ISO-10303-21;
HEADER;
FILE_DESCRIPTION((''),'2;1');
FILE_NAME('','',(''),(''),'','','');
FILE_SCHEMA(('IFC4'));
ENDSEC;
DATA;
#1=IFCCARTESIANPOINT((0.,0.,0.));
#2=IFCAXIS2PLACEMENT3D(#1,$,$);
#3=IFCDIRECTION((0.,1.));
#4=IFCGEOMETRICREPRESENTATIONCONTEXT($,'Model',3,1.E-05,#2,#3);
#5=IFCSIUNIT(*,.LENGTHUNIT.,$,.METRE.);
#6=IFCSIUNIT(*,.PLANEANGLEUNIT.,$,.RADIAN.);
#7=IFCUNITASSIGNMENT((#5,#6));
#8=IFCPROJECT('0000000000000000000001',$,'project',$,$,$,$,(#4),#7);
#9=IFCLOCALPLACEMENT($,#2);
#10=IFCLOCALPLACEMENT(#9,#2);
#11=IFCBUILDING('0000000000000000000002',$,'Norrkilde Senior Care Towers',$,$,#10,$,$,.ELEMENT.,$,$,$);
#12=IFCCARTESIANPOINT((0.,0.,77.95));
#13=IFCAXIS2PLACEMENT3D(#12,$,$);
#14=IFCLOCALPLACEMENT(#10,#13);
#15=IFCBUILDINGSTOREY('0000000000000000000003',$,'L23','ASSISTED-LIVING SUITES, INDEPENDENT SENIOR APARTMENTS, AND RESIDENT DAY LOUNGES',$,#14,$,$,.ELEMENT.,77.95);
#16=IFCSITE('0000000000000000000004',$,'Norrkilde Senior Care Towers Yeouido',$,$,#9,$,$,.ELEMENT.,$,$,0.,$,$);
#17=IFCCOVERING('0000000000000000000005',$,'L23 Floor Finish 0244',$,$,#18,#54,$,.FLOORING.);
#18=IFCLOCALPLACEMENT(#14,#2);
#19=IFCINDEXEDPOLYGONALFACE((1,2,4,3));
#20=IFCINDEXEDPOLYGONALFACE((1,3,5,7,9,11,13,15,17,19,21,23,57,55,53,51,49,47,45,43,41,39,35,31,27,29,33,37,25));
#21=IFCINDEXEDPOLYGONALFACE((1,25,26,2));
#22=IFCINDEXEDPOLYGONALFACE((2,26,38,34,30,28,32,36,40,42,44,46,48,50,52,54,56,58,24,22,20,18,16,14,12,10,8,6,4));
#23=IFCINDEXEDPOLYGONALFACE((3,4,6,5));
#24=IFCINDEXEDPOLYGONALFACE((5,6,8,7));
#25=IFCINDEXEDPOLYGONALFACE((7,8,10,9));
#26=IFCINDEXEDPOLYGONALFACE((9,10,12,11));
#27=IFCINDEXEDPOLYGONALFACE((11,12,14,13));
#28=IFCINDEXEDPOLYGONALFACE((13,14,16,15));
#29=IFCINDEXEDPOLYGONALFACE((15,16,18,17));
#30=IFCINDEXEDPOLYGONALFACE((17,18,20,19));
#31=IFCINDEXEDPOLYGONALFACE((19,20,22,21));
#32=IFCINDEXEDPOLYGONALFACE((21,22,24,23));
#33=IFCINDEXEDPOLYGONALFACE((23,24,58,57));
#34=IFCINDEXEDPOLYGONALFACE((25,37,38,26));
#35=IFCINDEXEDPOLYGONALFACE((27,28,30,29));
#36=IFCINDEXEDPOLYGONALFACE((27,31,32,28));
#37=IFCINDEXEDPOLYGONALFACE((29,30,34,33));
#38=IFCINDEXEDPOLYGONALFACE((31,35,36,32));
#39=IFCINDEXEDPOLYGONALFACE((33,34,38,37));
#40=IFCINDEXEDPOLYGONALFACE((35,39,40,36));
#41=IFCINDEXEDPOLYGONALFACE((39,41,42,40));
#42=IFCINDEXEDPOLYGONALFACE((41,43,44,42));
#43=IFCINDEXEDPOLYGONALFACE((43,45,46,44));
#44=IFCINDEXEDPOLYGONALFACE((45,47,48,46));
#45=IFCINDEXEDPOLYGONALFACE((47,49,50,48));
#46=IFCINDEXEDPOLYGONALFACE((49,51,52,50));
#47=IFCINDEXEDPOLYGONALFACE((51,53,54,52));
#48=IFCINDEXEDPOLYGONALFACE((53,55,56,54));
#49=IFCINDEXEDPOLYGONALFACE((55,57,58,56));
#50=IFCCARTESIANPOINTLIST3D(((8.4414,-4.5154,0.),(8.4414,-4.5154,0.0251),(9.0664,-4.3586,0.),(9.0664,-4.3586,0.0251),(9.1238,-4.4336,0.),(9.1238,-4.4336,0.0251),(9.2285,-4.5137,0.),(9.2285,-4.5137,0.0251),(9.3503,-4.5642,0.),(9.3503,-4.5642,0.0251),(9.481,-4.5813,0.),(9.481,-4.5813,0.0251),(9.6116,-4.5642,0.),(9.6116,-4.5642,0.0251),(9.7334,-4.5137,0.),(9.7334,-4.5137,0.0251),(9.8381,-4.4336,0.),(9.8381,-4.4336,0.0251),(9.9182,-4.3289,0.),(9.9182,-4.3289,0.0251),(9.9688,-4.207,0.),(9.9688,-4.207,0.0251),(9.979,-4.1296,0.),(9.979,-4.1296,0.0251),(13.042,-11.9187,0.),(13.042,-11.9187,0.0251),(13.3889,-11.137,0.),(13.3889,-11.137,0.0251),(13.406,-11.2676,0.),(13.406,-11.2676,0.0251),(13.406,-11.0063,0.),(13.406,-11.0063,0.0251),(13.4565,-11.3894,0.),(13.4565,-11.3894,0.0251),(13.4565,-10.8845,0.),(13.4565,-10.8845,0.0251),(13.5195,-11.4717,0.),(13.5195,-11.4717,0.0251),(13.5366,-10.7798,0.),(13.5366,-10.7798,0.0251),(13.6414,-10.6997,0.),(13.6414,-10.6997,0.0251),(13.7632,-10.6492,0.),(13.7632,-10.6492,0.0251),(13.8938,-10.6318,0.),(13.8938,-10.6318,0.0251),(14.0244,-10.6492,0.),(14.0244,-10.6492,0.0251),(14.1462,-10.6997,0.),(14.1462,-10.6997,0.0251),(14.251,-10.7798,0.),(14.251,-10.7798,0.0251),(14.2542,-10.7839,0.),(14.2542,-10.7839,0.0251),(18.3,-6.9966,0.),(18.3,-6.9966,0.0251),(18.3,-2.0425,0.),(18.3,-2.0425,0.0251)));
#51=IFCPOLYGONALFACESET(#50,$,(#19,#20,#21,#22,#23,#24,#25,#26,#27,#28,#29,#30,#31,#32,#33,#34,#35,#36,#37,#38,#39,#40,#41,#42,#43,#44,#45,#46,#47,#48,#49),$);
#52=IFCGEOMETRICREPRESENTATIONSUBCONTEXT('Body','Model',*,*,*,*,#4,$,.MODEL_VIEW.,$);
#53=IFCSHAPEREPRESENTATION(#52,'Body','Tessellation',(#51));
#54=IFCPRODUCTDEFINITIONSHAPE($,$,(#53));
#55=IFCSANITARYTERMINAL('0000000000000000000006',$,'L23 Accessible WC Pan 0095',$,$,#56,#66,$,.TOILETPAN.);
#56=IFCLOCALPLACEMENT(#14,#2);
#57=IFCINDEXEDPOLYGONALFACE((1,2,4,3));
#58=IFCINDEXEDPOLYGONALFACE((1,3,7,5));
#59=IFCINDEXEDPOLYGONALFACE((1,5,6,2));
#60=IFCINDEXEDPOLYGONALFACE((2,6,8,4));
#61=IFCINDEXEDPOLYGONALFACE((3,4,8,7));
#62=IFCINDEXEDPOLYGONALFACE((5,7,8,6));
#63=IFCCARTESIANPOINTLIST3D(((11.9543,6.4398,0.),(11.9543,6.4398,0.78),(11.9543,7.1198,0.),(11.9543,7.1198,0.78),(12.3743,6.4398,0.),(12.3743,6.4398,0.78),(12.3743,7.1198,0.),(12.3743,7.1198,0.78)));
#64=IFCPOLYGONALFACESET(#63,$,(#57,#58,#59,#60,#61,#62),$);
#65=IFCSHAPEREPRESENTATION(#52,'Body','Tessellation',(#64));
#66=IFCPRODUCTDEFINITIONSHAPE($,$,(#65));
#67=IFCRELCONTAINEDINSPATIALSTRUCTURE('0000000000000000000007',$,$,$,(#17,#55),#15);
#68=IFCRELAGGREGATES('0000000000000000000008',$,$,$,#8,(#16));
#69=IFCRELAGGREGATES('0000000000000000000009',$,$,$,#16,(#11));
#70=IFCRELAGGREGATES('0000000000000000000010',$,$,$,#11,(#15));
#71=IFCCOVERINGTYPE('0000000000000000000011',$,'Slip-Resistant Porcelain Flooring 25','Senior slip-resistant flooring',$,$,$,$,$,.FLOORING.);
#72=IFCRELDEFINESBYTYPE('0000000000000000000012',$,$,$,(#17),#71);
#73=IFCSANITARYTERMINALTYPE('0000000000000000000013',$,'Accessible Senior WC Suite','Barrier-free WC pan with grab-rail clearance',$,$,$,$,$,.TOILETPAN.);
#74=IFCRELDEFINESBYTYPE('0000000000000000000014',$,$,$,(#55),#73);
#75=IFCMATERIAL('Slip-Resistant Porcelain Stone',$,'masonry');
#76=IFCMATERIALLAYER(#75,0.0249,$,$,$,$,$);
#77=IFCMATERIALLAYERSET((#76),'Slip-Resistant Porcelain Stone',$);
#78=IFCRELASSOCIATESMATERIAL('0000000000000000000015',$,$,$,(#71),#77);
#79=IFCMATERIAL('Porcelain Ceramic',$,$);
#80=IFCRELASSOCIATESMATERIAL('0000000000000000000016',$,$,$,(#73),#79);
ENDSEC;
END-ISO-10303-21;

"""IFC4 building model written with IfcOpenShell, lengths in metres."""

from ifc_helpers import new_model, si_unit, direction, frame, origin, origin_2d, place, context, subcontext, project, spatial, polyline, rectangle, outline, extrude, source, transform, mapped, material, layer, layer_set, type_object, type_shapes, element, save


model = new_model("IFC4")

# Units and contexts
model_context = context("Model", 3, precision=1e-05, world=origin(), true_north=direction((0.0, 1.0)))
body_context = subcontext(model_context, "Body", "Model", "MODEL_VIEW")
ifc_project = project(units=[si_unit("LENGTHUNIT", "METRE"), si_unit("PLANEANGLEUNIT", "RADIAN")], contexts=[model_context])

# Site, building, storey
site_placement = place(None, origin())
site = spatial("IfcSite", under=ifc_project, at=site_placement, Name="Norrkilde Senior Care Towers Yeouido", CompositionType="ELEMENT", RefElevation=0.0)
building_placement = place(site_placement, origin())
building = spatial("IfcBuilding", under=site, at=building_placement, Name="Norrkilde Senior Care Towers", CompositionType="ELEMENT")
storey_placement = place(building_placement, frame((0.0, 0.0, 77.95)))
storey = spatial("IfcBuildingStorey", under=building, at=storey_placement, Name="L23", Description="ASSISTED-LIVING SUITES, INDEPENDENT SENIOR APARTMENTS, AND RESIDENT DAY LOUNGES", CompositionType="ELEMENT", Elevation=77.95)

# Covering
ifc_material_1 = material(Name="Slip-Resistant Porcelain Stone", Category="masonry")
ifc_layer_1 = layer(ifc_material_1, 0.0249)
ifc_layer_set_1 = layer_set([ifc_layer_1], Name="Slip-Resistant Porcelain Stone")
covering_type_1 = type_object("IfcCoveringType", Name="Slip-Resistant Porcelain Flooring 25", Description="Senior slip-resistant flooring", PredefinedType="FLOORING", material=ifc_layer_set_1)
covering_1_placement = place(storey_placement, origin())
element("IfcCovering", 1, at=covering_1_placement, inside=storey, type_object=covering_type_1, Name="L23 Floor Finish 0244", PredefinedType="FLOORING", context=body_context, shape_type="SweptSolid", body=[
    extrude(outline(polyline([(9.1238, -4.4336), (9.2285, -4.5137), (9.3503, -4.5642), (9.481, -4.5813), (9.6116, -4.5642), (9.7334, -4.5137), (9.8381, -4.4336), (9.9182, -4.3289), (9.9688, -4.207), (9.979, -4.1296), (18.3, -2.0425), (18.3, -6.9966), (14.2542, -10.7839), (14.251, -10.7798), (14.1462, -10.6997), (14.0244, -10.6492), (13.8938, -10.6318), (13.7632, -10.6492), (13.6414, -10.6997), (13.5366, -10.7798), (13.4565, -10.8845), (13.406, -11.0063), (13.3889, -11.137), (13.406, -11.2676), (13.4565, -11.3894), (13.5195, -11.4717), (13.042, -11.9187), (8.4414, -4.5154), (9.0664, -4.3586), (9.1238, -4.4336)])), origin(), (0.0, 0.0, 1.0), 0.0251),
])

# Sanitary terminal
ifc_material_2 = material(Name="Porcelain Ceramic")
sanitary_terminal_type = type_object("IfcSanitaryTerminalType", Name="Accessible Senior WC Suite", Description="Barrier-free WC pan with grab-rail clearance", PredefinedType="TOILETPAN", material=ifc_material_2)
shared_shape_1 = source(origin(), body_context, "Body", "SweptSolid", [
    extrude(rectangle(XDim=0.4199, YDim=0.6799, at=origin_2d()), origin(), (0.0, 0.0, 1.0), 0.78),
])
type_shapes(sanitary_terminal_type, [shared_shape_1])
sanitary_terminal_placement = place(storey_placement, frame((12.1643, 6.7798, 0.0), z_axis=(0.0, 0.0, 1.0), x_axis=(1.0, 0.0, 0.0)))
element("IfcSanitaryTerminal", 2, at=sanitary_terminal_placement, inside=storey, type_object=sanitary_terminal_type, Name="L23 Accessible WC Pan 0095", PredefinedType="TOILETPAN", context=body_context, shape_type="MappedRepresentation", body=[
    mapped(shared_shape_1, transform((0.0, 0.0, 0.0), x_axis=(1.0, 0.0, 0.0), y_axis=(0.0, 1.0, 0.0), z_axis=(0.0, 0.0, 1.0), scale=1.0)),
])

save(model, "model.ifc")
